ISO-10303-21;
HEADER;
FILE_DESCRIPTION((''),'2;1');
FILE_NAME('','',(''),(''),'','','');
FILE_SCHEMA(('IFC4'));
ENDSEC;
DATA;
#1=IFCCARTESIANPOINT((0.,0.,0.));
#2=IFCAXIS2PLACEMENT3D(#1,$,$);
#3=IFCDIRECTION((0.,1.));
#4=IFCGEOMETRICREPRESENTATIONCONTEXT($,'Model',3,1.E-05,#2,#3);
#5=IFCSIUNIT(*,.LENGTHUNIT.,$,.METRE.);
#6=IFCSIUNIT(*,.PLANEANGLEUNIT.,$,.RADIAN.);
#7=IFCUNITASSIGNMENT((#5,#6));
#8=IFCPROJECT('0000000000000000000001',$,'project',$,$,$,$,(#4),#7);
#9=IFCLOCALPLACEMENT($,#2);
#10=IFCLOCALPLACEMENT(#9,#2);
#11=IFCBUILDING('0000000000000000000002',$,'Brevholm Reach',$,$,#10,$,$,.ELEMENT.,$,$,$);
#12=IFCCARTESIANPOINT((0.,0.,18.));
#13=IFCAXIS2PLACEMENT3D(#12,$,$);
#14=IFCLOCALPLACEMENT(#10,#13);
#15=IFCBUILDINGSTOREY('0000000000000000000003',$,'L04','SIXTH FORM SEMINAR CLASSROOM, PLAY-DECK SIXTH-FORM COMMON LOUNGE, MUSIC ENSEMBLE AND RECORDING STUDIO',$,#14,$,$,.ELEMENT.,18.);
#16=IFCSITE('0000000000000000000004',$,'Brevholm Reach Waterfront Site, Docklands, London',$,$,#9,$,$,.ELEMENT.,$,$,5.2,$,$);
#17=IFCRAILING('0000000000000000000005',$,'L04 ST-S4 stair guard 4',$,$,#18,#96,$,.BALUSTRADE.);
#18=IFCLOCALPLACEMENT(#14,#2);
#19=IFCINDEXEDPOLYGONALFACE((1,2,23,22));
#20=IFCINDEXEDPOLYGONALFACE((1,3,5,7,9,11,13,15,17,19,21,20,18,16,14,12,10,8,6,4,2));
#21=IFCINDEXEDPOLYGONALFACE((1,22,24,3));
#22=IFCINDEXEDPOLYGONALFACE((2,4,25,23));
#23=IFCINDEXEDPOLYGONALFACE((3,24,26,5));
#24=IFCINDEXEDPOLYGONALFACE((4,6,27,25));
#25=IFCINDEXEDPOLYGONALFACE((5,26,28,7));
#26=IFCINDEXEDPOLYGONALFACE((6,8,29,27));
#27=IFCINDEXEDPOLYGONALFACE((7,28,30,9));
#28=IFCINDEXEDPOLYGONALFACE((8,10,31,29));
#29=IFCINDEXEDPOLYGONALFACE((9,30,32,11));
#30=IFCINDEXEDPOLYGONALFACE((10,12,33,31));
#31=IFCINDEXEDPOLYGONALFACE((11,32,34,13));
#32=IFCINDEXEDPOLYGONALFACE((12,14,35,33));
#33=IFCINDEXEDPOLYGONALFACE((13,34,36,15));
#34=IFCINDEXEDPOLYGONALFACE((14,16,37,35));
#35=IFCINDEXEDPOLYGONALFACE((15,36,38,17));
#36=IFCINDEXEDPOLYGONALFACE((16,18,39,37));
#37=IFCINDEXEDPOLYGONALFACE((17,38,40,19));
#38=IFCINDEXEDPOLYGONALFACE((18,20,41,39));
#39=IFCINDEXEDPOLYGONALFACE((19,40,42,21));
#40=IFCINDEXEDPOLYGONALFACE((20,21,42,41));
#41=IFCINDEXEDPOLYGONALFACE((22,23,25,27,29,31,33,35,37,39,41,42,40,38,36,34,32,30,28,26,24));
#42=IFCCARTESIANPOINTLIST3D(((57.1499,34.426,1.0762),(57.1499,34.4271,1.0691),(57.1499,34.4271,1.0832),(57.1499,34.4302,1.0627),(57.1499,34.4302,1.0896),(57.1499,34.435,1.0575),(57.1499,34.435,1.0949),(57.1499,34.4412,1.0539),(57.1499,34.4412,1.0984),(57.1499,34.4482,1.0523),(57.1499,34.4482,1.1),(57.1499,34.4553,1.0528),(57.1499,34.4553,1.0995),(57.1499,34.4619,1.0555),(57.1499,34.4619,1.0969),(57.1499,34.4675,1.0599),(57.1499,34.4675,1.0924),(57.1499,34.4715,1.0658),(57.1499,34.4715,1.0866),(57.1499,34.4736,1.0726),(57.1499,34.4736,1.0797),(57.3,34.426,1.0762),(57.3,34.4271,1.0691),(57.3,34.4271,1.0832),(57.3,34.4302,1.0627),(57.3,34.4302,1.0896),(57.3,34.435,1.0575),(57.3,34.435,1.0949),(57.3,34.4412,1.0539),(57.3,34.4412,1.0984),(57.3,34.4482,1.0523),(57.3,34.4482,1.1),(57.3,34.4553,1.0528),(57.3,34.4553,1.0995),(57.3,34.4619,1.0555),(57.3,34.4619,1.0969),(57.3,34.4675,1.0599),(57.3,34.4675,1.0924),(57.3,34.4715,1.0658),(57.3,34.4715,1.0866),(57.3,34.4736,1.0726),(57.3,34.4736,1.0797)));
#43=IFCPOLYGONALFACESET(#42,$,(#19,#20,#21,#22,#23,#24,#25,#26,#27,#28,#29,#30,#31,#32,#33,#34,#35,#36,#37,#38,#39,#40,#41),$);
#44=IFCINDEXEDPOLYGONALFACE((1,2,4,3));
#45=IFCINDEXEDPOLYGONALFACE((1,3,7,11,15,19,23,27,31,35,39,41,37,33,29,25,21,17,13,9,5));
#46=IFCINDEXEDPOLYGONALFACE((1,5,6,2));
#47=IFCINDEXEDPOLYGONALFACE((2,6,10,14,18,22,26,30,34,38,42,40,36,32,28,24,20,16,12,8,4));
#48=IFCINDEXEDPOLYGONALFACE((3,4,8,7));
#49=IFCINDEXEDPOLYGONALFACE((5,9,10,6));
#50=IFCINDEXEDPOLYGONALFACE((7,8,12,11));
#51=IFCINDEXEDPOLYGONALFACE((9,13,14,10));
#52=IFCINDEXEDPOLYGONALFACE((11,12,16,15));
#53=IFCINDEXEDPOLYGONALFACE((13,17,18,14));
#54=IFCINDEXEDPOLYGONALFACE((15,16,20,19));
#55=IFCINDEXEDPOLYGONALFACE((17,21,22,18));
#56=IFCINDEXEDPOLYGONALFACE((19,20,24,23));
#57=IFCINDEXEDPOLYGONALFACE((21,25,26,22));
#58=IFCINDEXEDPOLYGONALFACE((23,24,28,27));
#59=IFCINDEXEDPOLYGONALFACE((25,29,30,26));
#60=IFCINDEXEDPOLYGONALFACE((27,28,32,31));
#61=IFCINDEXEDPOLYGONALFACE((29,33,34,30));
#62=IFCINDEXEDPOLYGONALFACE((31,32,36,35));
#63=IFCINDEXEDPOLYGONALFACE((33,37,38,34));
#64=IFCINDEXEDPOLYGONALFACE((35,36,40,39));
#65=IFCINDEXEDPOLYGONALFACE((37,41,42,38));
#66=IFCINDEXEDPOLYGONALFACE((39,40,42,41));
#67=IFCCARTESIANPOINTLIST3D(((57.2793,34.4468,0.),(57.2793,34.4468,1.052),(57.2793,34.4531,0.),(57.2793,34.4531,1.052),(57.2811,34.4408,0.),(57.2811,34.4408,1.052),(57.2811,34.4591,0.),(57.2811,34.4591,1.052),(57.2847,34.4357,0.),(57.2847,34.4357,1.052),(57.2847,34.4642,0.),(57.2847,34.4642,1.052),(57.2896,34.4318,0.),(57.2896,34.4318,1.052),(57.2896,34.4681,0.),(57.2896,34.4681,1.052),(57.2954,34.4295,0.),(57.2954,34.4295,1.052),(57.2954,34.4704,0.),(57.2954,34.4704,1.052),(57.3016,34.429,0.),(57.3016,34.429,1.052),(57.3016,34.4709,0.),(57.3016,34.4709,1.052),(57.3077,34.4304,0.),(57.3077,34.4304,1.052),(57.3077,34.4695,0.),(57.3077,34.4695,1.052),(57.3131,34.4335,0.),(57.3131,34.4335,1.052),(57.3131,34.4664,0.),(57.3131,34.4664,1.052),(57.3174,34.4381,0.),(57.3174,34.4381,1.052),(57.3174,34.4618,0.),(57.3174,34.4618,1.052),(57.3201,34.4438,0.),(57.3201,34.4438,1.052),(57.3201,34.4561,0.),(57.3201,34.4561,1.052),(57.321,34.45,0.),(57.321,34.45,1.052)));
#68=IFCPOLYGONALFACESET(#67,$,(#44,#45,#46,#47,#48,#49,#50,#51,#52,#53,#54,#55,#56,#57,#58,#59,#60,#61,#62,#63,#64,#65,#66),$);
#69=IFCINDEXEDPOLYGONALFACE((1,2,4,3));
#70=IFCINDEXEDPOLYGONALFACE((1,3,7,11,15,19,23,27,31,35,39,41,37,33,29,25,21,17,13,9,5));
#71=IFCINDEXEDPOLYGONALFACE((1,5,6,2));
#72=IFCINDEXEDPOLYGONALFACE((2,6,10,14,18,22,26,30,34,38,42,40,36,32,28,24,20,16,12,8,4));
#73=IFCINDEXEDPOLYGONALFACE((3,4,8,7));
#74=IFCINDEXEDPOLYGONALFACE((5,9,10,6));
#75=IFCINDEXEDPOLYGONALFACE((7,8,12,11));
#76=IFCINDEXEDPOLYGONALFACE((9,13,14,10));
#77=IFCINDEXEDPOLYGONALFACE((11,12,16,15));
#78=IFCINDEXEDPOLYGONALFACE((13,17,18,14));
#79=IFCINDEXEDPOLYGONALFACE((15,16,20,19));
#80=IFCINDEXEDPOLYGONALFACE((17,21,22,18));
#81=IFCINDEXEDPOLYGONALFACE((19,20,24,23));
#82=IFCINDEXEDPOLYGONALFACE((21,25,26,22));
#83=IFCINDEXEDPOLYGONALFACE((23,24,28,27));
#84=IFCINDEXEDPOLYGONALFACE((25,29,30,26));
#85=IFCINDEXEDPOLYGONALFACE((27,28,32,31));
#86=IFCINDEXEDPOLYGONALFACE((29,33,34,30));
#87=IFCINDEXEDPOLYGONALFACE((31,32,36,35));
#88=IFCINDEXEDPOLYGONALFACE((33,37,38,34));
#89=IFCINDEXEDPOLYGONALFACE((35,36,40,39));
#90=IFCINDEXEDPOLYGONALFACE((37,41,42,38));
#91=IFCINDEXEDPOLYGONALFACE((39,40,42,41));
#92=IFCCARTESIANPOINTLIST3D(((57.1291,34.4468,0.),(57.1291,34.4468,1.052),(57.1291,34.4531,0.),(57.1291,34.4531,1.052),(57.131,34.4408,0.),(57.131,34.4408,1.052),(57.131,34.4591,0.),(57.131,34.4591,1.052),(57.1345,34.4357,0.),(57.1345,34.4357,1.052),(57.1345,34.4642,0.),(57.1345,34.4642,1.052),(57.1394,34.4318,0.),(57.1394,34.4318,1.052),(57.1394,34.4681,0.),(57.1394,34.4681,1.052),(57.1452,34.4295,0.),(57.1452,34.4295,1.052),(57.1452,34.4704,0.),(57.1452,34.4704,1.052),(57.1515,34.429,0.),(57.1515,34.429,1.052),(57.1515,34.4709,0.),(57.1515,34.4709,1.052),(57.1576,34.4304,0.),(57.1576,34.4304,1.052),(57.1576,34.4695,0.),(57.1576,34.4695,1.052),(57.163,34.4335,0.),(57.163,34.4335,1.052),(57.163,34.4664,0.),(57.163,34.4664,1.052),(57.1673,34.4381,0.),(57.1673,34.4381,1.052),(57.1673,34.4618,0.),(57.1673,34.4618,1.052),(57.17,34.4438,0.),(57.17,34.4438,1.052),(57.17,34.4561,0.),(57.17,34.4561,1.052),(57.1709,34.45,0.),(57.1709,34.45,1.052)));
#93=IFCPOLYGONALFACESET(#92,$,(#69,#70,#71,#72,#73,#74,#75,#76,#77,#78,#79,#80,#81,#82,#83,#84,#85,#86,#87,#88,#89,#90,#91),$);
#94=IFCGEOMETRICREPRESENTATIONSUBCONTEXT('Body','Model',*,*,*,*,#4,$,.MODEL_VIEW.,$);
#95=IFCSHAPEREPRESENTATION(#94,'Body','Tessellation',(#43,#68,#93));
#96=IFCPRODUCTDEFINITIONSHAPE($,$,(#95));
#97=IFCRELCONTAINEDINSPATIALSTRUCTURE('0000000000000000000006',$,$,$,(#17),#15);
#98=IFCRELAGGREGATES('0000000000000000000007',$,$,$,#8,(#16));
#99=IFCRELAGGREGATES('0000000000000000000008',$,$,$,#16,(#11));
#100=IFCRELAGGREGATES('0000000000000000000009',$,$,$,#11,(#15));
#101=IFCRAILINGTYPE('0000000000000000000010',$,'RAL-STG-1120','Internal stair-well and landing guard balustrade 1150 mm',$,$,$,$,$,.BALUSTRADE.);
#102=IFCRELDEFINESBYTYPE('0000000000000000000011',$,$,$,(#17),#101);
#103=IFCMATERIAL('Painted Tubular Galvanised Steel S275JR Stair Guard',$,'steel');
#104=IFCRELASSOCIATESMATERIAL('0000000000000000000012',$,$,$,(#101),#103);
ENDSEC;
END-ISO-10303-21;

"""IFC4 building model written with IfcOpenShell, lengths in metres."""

from ifc_helpers import new_model, si_unit, direction, frame, origin, origin_2d, place, context, subcontext, project, spatial, circle, extrude, material, type_object, element, save


model = new_model("IFC4")

# Units and contexts
model_context = context("Model", 3, precision=1e-05, world=origin(), true_north=direction((0.0, 1.0)))
body_context = subcontext(model_context, "Body", "Model", "MODEL_VIEW")
ifc_project = project(units=[si_unit("LENGTHUNIT", "METRE"), si_unit("PLANEANGLEUNIT", "RADIAN")], contexts=[model_context])

# Site, building, storey
site_placement = place(None, origin())
site = spatial("IfcSite", under=ifc_project, at=site_placement, Name="Brevholm Reach Waterfront Site, Docklands, London", CompositionType="ELEMENT", RefElevation=5.2)
building_placement = place(site_placement, origin())
building = spatial("IfcBuilding", under=site, at=building_placement, Name="Brevholm Reach", CompositionType="ELEMENT")
storey_placement = place(building_placement, frame((0.0, 0.0, 18.0)))
storey = spatial("IfcBuildingStorey", under=building, at=storey_placement, Name="L04", Description="SIXTH FORM SEMINAR CLASSROOM, PLAY-DECK SIXTH-FORM COMMON LOUNGE, MUSIC ENSEMBLE AND RECORDING STUDIO", CompositionType="ELEMENT", Elevation=18.0)

# Railing
ifc_material_1 = material(Name="Painted Tubular Galvanised Steel S275JR Stair Guard", Category="steel")
railing_type_1 = type_object("IfcRailingType", Name="RAL-STG-1120", Description="Internal stair-well and landing guard balustrade 1150 mm", PredefinedType="BALUSTRADE", material=ifc_material_1)
railing_1_placement = place(storey_placement, frame((57.3, 34.45, 0.0)))
element("IfcRailing", 1, at=railing_1_placement, inside=storey, type_object=railing_type_1, Name="L04 ST-S4 stair guard 4", PredefinedType="BALUSTRADE", context=body_context, shape_type="SweptSolid", body=[
    extrude(circle(Radius=0.0239, at=origin_2d()), frame((0.0, 0.0, 1.0762), z_axis=(-1.0, 0.0, 0.0), x_axis=(0.0, -1.0, 0.0)), (0.0, 0.0, 1.0), 0.1501),
    extrude(circle(Radius=0.021, at=origin_2d()), origin(), (0.0, 0.0, 1.0), 1.052),
    extrude(circle(Radius=0.021, at=origin_2d()), frame((-0.1501, 0.0, 0.0)), (0.0, 0.0, 1.0), 1.052),
])

save(model, "model.ifc")
